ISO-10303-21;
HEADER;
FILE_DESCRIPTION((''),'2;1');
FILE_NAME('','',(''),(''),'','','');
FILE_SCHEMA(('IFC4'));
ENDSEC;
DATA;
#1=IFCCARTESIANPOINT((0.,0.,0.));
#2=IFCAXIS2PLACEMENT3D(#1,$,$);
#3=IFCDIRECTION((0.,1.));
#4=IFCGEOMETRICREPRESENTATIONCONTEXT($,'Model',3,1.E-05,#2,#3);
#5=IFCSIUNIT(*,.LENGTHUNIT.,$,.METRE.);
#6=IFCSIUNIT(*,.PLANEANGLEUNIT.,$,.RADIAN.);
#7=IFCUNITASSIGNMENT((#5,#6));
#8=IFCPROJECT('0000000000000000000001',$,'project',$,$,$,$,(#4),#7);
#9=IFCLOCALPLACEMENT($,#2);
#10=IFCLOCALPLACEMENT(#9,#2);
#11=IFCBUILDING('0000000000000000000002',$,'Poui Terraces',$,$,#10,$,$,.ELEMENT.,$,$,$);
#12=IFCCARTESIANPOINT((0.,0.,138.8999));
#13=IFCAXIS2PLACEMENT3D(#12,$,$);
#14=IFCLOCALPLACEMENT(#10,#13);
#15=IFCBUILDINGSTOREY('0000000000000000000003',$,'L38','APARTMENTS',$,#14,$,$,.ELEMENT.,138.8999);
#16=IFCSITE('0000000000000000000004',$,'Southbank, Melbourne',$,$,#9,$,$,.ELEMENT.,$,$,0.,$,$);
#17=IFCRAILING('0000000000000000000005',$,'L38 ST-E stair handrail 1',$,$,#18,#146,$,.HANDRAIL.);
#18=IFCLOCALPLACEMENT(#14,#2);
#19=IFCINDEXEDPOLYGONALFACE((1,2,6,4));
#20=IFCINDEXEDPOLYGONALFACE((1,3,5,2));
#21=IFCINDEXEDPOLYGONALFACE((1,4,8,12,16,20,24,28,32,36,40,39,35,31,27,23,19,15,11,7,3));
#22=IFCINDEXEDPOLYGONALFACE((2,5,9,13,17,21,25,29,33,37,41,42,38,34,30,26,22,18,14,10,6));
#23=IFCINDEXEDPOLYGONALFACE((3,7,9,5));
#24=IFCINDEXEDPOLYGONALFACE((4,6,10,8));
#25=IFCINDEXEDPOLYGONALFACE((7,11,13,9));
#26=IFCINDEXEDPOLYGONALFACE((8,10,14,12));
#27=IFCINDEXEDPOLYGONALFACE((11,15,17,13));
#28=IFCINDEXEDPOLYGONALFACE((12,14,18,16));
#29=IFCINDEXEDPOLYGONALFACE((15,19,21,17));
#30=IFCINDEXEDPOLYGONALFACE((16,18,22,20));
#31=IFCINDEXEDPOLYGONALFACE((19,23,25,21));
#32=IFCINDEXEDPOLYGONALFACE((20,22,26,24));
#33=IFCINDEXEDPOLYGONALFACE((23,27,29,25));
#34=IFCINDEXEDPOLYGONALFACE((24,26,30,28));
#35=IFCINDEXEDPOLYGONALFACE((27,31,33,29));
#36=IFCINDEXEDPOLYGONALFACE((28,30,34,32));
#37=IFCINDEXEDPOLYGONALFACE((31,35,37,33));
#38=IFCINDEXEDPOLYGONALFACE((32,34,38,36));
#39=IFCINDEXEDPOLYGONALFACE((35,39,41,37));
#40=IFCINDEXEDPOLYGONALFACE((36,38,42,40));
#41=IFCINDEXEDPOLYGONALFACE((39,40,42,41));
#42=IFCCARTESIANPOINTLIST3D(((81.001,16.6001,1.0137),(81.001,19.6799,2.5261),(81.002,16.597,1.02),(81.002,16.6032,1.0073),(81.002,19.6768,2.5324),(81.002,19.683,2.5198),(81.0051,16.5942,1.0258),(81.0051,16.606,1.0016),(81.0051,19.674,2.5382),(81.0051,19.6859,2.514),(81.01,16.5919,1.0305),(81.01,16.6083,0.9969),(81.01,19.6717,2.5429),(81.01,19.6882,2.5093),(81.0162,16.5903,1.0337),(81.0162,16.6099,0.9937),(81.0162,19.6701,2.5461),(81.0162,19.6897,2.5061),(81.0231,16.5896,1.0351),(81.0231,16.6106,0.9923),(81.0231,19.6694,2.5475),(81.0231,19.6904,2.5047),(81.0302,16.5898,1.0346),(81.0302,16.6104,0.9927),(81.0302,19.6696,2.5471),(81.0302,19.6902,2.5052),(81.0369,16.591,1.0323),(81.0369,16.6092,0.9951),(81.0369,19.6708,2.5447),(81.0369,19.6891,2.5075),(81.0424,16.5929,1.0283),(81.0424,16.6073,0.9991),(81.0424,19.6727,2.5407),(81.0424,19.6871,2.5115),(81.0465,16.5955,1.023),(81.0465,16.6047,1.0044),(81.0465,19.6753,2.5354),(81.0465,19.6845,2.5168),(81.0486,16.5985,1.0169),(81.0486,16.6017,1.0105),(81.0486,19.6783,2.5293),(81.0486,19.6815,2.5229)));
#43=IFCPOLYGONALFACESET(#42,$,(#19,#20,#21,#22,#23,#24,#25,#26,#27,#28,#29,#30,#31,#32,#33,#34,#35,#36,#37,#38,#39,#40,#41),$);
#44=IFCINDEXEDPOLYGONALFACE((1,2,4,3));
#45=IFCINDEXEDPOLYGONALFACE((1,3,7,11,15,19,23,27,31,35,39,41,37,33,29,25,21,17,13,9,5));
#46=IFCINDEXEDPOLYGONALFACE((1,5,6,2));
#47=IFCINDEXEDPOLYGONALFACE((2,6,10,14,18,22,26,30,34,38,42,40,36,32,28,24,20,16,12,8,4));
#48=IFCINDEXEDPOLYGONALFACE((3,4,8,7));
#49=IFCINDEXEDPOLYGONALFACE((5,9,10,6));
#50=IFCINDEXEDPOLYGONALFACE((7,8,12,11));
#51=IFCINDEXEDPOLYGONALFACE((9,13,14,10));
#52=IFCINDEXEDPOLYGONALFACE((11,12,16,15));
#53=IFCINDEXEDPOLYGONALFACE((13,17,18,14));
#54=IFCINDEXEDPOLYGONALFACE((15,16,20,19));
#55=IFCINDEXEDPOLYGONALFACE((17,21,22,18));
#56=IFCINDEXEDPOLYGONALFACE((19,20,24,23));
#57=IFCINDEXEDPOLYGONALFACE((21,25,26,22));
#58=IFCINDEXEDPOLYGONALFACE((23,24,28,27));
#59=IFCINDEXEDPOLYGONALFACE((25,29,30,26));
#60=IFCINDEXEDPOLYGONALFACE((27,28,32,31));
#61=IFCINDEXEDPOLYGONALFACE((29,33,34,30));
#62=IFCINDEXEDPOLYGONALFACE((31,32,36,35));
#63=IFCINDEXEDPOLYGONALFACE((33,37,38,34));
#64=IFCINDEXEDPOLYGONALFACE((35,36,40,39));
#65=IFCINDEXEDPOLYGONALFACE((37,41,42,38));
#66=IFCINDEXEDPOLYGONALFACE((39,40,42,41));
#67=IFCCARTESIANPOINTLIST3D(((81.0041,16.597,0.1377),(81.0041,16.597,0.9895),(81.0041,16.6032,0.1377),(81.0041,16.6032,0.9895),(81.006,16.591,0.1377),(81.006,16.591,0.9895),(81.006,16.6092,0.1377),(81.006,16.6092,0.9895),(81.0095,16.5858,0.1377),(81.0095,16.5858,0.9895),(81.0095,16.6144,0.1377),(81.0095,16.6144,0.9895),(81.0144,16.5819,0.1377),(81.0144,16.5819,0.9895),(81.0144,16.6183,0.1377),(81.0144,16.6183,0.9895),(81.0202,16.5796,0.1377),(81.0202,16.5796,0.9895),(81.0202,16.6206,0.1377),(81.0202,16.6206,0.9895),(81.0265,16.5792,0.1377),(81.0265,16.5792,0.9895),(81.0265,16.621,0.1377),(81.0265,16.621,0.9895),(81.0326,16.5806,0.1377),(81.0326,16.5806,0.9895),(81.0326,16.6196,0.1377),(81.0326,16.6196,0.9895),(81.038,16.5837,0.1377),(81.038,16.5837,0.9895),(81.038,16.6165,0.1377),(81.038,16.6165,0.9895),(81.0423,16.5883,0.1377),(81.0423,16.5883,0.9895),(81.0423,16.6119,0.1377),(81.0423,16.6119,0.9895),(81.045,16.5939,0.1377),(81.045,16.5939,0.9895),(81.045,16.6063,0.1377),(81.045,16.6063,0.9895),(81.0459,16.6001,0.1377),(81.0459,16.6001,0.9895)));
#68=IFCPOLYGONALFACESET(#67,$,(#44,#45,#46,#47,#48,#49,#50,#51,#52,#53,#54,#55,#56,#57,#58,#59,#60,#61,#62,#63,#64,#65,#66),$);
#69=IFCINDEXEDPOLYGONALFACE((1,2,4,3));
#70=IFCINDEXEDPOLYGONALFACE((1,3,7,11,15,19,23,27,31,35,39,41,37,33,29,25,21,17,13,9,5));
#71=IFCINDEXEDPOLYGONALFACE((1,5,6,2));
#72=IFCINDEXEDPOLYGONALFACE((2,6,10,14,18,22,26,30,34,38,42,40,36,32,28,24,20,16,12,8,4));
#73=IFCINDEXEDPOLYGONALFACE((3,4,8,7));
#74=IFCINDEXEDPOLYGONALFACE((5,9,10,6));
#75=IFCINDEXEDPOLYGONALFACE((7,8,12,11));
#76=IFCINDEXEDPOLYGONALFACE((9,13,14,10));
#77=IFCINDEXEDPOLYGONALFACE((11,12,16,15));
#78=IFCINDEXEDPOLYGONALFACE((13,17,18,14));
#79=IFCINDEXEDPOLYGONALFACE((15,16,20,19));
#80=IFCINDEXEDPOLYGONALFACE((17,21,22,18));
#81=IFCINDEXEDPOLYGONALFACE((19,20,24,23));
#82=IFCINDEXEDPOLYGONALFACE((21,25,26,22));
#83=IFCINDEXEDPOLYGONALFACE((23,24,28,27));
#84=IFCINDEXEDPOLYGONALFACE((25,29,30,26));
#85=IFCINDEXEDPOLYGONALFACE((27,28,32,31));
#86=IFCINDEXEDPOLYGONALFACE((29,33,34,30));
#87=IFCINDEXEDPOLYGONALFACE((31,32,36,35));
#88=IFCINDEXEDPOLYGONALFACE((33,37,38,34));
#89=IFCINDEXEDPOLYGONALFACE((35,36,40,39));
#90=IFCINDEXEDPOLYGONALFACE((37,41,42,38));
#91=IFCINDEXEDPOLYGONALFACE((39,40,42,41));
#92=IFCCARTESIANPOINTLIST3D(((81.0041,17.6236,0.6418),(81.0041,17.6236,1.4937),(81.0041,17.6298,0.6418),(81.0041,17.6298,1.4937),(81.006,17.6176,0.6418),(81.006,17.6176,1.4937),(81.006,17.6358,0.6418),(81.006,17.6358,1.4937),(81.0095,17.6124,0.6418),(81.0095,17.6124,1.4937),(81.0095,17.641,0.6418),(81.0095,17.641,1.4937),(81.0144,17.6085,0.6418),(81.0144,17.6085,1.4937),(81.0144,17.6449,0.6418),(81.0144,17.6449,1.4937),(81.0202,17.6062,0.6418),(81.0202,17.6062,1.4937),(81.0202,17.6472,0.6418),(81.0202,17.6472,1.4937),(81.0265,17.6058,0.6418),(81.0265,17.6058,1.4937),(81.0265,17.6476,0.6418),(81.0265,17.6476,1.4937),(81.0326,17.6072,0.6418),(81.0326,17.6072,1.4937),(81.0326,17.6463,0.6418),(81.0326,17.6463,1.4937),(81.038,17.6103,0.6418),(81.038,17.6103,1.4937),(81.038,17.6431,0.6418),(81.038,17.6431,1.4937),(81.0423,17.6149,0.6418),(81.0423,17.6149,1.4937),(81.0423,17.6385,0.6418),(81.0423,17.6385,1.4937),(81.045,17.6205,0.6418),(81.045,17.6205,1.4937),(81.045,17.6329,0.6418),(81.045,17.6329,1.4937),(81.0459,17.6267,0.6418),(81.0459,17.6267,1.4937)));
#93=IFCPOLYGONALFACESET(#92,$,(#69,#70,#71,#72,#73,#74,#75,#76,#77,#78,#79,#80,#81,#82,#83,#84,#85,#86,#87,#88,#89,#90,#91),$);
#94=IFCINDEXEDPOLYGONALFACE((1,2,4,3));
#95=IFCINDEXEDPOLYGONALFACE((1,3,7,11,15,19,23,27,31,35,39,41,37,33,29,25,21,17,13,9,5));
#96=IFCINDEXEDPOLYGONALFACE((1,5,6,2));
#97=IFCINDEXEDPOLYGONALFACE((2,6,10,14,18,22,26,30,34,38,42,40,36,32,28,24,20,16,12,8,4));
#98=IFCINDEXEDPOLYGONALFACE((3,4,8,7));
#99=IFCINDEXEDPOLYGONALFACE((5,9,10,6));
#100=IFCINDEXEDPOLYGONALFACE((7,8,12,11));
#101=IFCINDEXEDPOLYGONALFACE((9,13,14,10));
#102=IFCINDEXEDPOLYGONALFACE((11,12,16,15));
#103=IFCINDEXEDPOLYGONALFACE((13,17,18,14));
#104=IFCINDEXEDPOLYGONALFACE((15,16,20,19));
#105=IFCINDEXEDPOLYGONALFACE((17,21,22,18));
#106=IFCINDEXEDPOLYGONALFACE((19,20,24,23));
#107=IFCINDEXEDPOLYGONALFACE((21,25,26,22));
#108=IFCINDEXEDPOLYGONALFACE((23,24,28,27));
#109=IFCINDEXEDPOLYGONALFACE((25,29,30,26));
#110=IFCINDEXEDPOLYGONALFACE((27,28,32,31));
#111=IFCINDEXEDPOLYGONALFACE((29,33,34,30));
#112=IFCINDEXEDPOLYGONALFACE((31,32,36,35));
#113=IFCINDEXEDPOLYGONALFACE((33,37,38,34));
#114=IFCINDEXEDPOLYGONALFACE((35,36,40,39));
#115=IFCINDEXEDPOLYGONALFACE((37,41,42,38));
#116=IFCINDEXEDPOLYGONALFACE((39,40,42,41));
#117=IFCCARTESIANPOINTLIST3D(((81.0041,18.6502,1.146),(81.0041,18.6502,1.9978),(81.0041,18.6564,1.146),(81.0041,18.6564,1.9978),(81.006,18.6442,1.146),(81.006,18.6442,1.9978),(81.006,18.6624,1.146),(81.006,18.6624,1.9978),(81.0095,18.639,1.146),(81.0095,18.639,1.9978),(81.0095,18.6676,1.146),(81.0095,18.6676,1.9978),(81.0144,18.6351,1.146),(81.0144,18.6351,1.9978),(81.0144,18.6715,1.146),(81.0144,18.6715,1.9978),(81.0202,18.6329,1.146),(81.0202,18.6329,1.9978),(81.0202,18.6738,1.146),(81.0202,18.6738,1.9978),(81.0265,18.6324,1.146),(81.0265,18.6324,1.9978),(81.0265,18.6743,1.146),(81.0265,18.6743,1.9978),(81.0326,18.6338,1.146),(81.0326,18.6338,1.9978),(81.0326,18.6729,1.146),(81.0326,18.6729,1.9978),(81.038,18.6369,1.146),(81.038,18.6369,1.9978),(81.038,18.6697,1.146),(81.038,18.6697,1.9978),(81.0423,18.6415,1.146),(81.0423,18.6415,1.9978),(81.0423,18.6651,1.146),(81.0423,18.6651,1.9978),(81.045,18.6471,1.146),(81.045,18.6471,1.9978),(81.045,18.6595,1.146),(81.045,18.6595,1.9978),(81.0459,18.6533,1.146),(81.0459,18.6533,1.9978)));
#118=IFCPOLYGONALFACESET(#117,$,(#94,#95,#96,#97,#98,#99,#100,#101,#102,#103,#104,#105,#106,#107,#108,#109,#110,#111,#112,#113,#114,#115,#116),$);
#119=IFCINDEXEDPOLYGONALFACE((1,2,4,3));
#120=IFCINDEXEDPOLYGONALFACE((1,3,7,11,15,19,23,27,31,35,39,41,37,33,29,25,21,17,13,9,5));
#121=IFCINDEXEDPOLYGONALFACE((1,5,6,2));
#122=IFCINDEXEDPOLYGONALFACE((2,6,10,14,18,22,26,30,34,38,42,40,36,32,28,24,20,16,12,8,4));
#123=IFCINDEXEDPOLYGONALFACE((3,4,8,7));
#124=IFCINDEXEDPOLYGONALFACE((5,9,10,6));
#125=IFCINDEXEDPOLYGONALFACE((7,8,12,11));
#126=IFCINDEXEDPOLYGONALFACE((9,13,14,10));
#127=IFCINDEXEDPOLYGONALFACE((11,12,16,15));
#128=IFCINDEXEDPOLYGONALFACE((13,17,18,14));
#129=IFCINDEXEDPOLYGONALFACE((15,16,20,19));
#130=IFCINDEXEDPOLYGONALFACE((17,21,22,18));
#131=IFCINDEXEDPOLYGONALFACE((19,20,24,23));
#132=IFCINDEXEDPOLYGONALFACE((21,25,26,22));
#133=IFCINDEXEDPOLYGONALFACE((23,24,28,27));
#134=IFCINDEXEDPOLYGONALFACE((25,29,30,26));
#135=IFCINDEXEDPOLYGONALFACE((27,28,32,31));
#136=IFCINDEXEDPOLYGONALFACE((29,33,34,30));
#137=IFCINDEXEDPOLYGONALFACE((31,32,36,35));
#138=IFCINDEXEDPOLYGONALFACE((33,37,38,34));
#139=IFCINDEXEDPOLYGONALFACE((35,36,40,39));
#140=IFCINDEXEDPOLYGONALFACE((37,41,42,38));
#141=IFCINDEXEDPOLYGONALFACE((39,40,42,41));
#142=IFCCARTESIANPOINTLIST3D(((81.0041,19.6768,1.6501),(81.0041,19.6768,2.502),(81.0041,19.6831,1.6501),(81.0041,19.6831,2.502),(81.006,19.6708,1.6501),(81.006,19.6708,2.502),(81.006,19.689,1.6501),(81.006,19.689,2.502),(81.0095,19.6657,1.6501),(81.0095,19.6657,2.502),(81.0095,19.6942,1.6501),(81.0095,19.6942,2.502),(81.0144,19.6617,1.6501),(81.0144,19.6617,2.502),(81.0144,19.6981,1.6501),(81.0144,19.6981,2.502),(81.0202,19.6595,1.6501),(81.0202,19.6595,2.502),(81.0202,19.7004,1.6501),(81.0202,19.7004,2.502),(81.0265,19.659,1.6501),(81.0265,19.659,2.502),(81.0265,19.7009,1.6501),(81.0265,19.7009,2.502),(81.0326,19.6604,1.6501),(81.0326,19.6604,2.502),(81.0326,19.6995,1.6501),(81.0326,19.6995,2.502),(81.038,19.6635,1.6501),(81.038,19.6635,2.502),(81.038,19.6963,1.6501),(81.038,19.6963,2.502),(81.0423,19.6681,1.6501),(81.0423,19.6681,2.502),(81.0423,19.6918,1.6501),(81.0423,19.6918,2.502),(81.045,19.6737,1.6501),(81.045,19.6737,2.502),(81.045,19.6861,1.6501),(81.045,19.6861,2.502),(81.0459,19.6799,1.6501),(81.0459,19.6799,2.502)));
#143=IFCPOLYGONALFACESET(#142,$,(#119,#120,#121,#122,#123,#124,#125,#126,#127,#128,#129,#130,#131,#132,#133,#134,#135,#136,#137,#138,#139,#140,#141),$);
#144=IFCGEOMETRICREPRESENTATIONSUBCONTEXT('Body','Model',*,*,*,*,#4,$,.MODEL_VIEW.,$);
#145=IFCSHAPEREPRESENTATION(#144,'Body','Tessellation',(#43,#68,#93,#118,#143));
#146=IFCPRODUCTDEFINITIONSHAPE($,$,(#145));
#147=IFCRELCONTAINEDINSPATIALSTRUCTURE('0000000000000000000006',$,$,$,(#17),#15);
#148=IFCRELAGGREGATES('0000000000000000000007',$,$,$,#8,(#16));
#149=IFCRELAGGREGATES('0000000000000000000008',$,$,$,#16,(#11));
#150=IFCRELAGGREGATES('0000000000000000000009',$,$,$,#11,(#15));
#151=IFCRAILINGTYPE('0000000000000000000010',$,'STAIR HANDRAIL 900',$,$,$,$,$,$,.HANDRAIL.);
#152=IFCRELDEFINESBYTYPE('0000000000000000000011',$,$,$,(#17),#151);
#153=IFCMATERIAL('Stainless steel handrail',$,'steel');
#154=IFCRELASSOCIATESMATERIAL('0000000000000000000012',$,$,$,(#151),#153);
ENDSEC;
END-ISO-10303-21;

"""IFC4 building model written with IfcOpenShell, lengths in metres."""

from ifc_helpers import new_model, si_unit, direction, frame, origin, origin_2d, place, context, subcontext, project, spatial, circle, extrude, material, type_object, element, save


model = new_model("IFC4")

# Units and contexts
model_context = context("Model", 3, precision=1e-05, world=origin(), true_north=direction((0.0, 1.0)))
body_context = subcontext(model_context, "Body", "Model", "MODEL_VIEW")
ifc_project = project(units=[si_unit("LENGTHUNIT", "METRE"), si_unit("PLANEANGLEUNIT", "RADIAN")], contexts=[model_context])

# Site, building, storey
site_placement = place(None, origin())
site = spatial("IfcSite", under=ifc_project, at=site_placement, Name="Southbank, Melbourne", CompositionType="ELEMENT", RefElevation=0.0)
building_placement = place(site_placement, origin())
building = spatial("IfcBuilding", under=site, at=building_placement, Name="Poui Terraces", CompositionType="ELEMENT")
storey_placement = place(building_placement, frame((0.0, 0.0, 138.8999)))
storey = spatial("IfcBuildingStorey", under=building, at=storey_placement, Name="L38", Description="APARTMENTS", CompositionType="ELEMENT", Elevation=138.8999)

# Railing
ifc_material_1 = material(Name="Stainless steel handrail", Category="steel")
railing_type_1 = type_object("IfcRailingType", Name="STAIR HANDRAIL 900", PredefinedType="HANDRAIL", material=ifc_material_1)
railing_1_placement = place(storey_placement, frame((81.0249, 16.6001, 0.1377)))
element("IfcRailing", 1, at=railing_1_placement, inside=storey, type_object=railing_type_1, Name="L38 ST-E stair handrail 1", PredefinedType="HANDRAIL", context=body_context, shape_type="SweptSolid", body=[
    extrude(circle(Radius=0.0239, at=origin_2d()), frame((0.0, 0.0, 0.876), z_axis=(0.0, 0.897606, 0.440798), x_axis=(-1.0, 0.0, 0.0)), (0.0, 0.0, 1.0), 3.4312),
    extrude(circle(Radius=0.021, at=origin_2d()), origin(), (0.0, 0.0, 1.0), 0.8518),
    extrude(circle(Radius=0.021, at=origin_2d()), frame((0.0, 1.0266, 0.5042)), (0.0, 0.0, 1.0), 0.8518),
    extrude(circle(Radius=0.021, at=origin_2d()), frame((0.0, 2.0532, 1.0083)), (0.0, 0.0, 1.0), 0.8518),
    extrude(circle(Radius=0.021, at=origin_2d()), frame((0.0, 3.0798, 1.5125)), (0.0, 0.0, 1.0), 0.8518),
])

save(model, "model.ifc")
